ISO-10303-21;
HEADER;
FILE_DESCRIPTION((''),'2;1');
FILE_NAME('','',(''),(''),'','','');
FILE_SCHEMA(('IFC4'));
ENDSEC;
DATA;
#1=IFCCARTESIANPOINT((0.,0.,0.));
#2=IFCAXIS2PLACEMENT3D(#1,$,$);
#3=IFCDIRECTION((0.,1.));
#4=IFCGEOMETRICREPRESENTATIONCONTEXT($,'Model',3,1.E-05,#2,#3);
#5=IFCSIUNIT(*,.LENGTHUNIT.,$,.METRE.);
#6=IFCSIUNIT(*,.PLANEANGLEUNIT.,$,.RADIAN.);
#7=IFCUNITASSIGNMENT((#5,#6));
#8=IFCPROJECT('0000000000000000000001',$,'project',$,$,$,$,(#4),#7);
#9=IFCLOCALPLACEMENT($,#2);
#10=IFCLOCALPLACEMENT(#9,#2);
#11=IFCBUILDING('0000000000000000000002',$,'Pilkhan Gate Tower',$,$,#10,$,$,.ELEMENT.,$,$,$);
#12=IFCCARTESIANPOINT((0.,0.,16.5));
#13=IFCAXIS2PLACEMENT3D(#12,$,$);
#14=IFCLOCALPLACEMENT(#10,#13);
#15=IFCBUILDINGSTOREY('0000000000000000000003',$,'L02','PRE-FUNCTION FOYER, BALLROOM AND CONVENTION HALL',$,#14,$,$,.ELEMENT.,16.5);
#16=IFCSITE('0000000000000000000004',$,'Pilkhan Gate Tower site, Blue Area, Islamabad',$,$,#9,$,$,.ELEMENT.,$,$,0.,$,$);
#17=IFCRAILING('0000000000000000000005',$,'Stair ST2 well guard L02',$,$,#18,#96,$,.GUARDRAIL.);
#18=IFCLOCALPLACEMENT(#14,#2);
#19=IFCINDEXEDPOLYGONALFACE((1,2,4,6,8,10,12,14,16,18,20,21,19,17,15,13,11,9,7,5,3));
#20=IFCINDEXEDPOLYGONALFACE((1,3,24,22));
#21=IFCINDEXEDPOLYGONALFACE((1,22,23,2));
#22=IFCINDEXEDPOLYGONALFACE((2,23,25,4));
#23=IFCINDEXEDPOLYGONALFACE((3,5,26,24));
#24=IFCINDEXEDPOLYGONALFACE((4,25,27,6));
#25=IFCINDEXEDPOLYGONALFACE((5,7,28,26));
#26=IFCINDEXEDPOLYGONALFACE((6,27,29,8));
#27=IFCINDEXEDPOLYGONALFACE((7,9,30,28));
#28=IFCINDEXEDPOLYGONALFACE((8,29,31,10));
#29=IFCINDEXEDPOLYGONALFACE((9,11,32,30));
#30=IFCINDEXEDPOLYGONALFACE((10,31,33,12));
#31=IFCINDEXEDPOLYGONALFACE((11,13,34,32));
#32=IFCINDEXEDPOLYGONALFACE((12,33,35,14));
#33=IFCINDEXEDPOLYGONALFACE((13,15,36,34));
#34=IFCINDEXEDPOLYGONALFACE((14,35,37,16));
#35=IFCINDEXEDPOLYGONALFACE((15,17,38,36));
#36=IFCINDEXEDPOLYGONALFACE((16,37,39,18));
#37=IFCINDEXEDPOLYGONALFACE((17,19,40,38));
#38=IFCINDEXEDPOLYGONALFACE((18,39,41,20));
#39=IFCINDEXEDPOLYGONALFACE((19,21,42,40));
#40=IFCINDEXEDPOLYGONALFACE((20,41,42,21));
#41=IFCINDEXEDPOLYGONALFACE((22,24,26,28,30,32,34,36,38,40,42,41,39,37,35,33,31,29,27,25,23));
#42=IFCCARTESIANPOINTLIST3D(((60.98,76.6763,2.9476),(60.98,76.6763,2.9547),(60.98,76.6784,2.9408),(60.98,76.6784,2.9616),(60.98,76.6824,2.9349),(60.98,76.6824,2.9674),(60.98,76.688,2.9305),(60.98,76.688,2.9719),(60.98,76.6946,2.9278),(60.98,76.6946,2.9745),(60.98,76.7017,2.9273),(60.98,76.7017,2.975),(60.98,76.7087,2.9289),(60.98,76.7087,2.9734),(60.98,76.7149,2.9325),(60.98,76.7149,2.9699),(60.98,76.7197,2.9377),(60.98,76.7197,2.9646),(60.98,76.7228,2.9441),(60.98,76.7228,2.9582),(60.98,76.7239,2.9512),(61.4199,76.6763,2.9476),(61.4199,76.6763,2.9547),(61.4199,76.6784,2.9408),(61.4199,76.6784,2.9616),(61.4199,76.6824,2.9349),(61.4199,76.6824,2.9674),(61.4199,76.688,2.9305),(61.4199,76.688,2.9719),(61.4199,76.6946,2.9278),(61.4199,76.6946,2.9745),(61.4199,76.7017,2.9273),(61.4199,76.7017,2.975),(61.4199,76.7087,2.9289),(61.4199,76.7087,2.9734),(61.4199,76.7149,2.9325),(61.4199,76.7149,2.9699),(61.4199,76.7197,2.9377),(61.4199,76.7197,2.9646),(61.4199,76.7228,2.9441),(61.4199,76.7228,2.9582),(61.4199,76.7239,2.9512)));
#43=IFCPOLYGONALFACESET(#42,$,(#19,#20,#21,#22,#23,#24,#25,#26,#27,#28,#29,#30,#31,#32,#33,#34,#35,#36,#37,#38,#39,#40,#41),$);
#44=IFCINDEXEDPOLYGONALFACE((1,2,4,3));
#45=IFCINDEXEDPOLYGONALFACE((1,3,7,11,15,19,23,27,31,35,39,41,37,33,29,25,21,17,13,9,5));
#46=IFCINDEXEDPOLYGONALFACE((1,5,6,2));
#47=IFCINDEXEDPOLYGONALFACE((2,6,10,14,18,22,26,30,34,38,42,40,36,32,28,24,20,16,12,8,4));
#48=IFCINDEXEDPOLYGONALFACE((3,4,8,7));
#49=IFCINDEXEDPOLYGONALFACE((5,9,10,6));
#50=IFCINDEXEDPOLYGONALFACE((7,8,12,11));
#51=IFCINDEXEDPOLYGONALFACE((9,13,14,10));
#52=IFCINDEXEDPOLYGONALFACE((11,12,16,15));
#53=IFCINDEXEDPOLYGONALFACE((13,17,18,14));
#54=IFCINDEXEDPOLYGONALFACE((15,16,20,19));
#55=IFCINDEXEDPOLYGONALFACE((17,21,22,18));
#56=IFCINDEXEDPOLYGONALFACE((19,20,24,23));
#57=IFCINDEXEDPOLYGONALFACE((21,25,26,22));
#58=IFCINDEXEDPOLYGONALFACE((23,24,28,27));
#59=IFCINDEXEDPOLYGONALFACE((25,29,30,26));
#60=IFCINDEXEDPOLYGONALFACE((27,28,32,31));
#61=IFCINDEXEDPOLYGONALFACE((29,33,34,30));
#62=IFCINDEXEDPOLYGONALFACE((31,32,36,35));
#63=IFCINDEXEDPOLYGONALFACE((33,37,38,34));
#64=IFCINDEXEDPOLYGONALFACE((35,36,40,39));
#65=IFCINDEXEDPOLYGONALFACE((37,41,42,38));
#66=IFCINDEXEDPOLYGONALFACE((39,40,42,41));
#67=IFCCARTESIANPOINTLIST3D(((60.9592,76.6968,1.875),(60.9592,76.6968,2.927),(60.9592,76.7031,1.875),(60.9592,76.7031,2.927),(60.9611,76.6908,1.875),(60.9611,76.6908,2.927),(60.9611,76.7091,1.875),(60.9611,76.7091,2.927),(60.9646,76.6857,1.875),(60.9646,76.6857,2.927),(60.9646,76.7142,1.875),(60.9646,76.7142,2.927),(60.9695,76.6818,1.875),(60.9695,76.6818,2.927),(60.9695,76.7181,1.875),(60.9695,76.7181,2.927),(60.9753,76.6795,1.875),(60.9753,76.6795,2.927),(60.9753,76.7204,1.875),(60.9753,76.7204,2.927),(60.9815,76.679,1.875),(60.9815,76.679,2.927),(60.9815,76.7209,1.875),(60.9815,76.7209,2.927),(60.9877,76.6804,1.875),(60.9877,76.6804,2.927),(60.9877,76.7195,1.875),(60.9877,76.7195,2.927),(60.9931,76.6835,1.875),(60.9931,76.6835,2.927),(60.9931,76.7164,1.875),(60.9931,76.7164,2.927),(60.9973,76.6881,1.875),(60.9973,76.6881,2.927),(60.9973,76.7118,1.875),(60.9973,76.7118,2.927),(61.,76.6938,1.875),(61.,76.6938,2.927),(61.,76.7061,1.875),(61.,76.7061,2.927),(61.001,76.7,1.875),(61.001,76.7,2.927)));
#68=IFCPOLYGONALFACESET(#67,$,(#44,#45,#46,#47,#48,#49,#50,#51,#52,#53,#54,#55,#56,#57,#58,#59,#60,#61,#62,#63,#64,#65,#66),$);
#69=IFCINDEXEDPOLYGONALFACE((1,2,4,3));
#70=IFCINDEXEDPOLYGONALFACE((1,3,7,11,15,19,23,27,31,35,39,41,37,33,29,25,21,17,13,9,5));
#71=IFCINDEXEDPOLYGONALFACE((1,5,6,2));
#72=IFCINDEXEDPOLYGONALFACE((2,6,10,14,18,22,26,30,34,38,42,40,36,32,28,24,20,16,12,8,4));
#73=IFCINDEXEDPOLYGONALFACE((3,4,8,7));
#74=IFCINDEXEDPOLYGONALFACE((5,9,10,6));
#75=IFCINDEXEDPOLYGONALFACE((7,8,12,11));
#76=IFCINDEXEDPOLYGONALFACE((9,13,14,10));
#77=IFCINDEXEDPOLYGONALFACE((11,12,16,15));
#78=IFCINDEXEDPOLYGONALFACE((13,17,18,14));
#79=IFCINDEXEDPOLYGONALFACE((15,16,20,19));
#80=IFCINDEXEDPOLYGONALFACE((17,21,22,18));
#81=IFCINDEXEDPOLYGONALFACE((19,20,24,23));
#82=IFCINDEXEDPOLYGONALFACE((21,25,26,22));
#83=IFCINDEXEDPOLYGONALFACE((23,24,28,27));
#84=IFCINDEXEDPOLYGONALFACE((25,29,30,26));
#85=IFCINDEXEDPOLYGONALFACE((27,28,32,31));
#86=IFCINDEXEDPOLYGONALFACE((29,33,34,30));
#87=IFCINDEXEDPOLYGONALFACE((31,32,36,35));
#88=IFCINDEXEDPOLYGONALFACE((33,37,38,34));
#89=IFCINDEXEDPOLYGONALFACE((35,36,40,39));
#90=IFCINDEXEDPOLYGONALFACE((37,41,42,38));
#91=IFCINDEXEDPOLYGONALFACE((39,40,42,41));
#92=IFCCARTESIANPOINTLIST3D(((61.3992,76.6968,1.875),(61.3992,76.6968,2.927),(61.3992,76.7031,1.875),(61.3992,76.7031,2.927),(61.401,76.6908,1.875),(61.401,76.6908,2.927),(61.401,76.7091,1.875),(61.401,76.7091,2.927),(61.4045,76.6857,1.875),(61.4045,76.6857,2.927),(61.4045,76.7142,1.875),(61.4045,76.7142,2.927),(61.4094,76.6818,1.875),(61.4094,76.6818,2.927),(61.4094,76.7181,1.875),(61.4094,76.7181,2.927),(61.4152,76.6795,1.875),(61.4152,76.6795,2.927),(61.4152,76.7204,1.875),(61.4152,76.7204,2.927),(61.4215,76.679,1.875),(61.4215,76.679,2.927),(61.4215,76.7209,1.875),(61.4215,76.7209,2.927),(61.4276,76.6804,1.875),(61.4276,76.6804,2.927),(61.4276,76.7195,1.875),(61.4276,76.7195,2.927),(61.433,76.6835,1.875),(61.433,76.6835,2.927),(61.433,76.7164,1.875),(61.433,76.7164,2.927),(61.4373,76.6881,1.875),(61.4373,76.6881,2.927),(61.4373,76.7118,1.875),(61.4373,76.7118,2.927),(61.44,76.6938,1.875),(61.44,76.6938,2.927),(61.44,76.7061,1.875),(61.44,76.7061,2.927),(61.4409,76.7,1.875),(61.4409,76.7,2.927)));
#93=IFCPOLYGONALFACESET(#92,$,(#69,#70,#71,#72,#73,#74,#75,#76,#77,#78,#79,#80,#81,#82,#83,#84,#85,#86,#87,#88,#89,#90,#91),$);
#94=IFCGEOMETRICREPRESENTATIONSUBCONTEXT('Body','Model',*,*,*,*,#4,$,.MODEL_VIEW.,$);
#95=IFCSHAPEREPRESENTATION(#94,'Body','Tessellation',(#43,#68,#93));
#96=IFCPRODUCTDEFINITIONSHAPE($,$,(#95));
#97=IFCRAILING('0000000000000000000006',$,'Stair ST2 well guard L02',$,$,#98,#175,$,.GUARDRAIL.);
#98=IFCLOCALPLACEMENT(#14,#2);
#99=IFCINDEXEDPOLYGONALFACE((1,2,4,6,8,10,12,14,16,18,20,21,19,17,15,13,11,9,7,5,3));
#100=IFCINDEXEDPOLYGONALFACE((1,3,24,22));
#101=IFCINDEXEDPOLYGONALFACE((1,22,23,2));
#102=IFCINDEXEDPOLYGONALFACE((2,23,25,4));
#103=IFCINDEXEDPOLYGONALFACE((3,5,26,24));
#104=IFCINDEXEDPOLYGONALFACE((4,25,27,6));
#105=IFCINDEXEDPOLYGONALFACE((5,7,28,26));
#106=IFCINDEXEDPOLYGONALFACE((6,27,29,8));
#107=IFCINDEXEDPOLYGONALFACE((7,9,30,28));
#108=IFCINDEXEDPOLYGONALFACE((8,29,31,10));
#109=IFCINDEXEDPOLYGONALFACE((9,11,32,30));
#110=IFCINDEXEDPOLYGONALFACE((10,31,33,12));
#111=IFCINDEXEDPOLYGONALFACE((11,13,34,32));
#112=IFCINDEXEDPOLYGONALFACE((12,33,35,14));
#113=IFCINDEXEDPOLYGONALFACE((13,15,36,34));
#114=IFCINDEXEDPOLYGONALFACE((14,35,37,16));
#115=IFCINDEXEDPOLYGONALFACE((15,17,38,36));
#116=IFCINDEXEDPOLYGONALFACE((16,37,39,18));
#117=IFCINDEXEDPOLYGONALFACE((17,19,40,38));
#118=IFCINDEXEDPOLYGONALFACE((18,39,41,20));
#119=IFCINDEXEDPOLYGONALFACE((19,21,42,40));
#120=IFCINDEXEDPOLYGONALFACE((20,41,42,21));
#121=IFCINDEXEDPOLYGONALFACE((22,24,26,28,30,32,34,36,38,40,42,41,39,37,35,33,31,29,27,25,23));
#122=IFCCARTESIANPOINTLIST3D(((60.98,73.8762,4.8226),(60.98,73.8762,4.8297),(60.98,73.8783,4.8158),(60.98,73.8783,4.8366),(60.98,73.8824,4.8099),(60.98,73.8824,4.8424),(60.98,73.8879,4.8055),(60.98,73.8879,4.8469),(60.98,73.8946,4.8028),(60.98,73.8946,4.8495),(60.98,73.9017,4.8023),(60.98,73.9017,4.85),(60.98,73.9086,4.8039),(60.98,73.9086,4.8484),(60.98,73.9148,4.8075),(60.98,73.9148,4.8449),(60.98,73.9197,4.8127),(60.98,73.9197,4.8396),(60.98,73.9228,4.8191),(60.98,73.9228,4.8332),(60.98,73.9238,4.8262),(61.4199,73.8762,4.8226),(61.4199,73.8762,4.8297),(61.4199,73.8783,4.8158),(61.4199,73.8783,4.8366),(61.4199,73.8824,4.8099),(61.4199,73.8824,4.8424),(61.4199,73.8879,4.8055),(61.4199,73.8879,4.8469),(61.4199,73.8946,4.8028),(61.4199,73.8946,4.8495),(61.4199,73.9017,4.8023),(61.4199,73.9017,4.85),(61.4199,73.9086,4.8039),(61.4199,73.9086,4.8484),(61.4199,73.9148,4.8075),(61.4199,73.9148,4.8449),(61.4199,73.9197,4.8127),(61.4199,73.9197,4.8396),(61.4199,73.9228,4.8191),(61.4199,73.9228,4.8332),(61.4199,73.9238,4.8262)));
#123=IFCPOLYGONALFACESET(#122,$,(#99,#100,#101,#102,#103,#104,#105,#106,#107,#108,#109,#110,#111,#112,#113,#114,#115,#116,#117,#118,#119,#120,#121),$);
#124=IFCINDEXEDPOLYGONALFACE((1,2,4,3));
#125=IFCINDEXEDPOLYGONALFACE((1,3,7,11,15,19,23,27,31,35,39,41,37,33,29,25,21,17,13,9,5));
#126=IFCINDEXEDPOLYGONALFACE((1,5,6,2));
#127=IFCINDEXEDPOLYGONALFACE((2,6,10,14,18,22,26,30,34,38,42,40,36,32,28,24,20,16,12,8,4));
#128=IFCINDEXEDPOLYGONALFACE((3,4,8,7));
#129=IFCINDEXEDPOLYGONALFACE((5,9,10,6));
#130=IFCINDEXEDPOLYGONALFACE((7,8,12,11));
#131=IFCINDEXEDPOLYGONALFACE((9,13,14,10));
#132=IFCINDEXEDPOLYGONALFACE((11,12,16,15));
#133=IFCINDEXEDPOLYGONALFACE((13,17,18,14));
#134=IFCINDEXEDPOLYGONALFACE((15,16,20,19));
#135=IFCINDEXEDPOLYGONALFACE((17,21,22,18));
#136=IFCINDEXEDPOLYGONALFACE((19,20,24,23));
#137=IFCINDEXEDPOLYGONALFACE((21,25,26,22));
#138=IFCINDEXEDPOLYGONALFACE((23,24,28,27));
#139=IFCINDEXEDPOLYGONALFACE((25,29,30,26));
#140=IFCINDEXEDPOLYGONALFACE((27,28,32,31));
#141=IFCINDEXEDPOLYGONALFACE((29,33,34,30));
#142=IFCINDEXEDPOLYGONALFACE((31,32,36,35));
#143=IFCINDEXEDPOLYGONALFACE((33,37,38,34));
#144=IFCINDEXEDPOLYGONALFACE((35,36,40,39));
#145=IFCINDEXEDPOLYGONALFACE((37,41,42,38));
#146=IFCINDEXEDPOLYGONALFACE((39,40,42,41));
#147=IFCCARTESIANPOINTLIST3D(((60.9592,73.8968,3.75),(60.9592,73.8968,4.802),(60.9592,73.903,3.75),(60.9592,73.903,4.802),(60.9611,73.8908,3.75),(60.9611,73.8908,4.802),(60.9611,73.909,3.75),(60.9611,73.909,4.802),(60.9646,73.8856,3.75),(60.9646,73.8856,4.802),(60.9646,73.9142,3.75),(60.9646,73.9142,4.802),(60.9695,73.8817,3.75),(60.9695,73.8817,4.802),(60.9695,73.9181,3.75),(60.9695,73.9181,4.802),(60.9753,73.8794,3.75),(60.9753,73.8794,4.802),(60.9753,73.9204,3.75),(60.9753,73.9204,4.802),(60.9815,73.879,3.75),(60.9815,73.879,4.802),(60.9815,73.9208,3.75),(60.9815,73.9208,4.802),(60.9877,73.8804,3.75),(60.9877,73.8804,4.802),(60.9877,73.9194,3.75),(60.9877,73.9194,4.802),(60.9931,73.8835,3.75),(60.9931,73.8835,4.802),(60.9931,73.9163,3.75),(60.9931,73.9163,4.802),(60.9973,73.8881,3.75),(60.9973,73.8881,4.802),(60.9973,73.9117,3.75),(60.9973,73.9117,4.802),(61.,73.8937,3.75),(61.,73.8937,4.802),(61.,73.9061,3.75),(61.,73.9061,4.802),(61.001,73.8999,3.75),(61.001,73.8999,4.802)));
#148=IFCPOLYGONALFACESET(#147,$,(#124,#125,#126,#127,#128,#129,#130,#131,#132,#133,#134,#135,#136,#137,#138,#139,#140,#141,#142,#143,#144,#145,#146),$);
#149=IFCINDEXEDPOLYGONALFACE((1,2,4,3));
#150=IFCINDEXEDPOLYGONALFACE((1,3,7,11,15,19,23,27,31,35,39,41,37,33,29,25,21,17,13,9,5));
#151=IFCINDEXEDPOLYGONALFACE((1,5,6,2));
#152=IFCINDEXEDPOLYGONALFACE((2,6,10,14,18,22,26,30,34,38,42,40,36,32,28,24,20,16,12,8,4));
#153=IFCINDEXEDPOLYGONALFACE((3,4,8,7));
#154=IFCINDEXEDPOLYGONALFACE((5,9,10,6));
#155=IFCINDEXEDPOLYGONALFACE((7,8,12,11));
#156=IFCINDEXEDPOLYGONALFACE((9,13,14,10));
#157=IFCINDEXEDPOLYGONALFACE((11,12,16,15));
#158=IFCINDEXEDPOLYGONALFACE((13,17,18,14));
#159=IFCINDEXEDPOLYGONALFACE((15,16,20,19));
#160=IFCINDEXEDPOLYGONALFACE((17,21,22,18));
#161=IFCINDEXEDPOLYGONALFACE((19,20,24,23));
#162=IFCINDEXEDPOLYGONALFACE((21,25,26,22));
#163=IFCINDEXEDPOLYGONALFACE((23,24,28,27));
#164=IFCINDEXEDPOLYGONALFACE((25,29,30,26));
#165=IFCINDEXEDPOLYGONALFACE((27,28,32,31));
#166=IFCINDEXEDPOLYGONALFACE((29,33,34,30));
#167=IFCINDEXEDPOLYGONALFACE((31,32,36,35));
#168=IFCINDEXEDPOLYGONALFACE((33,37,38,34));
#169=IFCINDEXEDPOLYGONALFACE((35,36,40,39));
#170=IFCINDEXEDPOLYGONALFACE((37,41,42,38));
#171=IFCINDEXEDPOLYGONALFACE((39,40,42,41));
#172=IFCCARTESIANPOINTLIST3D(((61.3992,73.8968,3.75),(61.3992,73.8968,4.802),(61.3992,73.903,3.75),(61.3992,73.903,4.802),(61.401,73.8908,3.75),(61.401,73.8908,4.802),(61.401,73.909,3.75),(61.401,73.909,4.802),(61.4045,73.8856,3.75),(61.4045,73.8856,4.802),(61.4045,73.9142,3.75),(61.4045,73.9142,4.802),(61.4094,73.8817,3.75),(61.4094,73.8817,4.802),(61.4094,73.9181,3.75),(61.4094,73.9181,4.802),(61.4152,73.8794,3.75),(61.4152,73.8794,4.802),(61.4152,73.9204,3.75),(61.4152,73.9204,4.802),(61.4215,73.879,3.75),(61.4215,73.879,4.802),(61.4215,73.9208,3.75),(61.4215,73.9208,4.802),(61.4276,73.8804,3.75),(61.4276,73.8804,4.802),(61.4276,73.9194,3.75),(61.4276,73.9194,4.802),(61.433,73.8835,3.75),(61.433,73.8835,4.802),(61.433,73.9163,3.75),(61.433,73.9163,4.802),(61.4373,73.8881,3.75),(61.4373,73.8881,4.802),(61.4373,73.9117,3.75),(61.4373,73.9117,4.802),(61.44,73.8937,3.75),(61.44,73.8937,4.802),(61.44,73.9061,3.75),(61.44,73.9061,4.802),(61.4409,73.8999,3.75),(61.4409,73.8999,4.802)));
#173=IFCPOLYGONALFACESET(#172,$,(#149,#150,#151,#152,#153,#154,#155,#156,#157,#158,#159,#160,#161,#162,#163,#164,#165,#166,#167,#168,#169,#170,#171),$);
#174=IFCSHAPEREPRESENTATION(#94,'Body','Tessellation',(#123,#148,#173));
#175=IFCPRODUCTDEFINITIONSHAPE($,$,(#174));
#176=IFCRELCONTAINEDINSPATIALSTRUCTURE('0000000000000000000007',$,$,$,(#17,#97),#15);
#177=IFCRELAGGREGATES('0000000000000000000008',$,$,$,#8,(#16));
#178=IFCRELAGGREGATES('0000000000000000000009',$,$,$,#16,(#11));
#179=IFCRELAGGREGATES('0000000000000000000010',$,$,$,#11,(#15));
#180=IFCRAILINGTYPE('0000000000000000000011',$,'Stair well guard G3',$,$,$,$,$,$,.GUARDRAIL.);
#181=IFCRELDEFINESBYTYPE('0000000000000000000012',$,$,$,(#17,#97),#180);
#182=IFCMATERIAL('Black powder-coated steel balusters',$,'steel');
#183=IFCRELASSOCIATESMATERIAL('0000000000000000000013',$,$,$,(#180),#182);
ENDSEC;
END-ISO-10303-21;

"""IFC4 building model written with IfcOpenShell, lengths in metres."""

from ifc_helpers import new_model, si_unit, direction, frame, origin, origin_2d, place, context, subcontext, project, spatial, circle, extrude, material, type_object, element, save


model = new_model("IFC4")

# Units and contexts
model_context = context("Model", 3, precision=1e-05, world=origin(), true_north=direction((0.0, 1.0)))
body_context = subcontext(model_context, "Body", "Model", "MODEL_VIEW")
ifc_project = project(units=[si_unit("LENGTHUNIT", "METRE"), si_unit("PLANEANGLEUNIT", "RADIAN")], contexts=[model_context])

# Site, building, storey
site_placement = place(None, origin())
site = spatial("IfcSite", under=ifc_project, at=site_placement, Name="Pilkhan Gate Tower site, Blue Area, Islamabad", CompositionType="ELEMENT", RefElevation=0.0)
building_placement = place(site_placement, origin())
building = spatial("IfcBuilding", under=site, at=building_placement, Name="Pilkhan Gate Tower", CompositionType="ELEMENT")
storey_placement = place(building_placement, frame((0.0, 0.0, 16.5)))
storey = spatial("IfcBuildingStorey", under=building, at=storey_placement, Name="L02", Description="PRE-FUNCTION FOYER, BALLROOM AND CONVENTION HALL", CompositionType="ELEMENT", Elevation=16.5)

# Railings
ifc_material_1 = material(Name="Black powder-coated steel balusters", Category="steel")
railing_type_1 = type_object("IfcRailingType", Name="Stair well guard G3", PredefinedType="GUARDRAIL", material=ifc_material_1)
for number, where, name in (
    (1, (60.98, 76.7, 1.875), "Stair ST2 well guard L02"),
    (2, (60.98, 73.8999, 3.75), "Stair ST2 well guard L02"),
):
    element("IfcRailing", number, at=place(storey_placement, frame(where)), inside=storey, type_object=railing_type_1, Name=name, PredefinedType="GUARDRAIL", context=body_context, shape_type="SweptSolid", body=[
        extrude(circle(Radius=0.0239, at=origin_2d()), frame((0.0, 0.0, 1.0762), z_axis=(1.0, 0.0, 0.0), x_axis=(0.0, 1.0, 0.0)), (0.0, 0.0, 1.0), 0.4399),
        extrude(circle(Radius=0.021, at=origin_2d()), origin(), (0.0, 0.0, 1.0), 1.052),
        extrude(circle(Radius=0.021, at=origin_2d()), frame((0.4399, 0.0, 0.0)), (0.0, 0.0, 1.0), 1.052),
    ])

save(model, "model.ifc")
